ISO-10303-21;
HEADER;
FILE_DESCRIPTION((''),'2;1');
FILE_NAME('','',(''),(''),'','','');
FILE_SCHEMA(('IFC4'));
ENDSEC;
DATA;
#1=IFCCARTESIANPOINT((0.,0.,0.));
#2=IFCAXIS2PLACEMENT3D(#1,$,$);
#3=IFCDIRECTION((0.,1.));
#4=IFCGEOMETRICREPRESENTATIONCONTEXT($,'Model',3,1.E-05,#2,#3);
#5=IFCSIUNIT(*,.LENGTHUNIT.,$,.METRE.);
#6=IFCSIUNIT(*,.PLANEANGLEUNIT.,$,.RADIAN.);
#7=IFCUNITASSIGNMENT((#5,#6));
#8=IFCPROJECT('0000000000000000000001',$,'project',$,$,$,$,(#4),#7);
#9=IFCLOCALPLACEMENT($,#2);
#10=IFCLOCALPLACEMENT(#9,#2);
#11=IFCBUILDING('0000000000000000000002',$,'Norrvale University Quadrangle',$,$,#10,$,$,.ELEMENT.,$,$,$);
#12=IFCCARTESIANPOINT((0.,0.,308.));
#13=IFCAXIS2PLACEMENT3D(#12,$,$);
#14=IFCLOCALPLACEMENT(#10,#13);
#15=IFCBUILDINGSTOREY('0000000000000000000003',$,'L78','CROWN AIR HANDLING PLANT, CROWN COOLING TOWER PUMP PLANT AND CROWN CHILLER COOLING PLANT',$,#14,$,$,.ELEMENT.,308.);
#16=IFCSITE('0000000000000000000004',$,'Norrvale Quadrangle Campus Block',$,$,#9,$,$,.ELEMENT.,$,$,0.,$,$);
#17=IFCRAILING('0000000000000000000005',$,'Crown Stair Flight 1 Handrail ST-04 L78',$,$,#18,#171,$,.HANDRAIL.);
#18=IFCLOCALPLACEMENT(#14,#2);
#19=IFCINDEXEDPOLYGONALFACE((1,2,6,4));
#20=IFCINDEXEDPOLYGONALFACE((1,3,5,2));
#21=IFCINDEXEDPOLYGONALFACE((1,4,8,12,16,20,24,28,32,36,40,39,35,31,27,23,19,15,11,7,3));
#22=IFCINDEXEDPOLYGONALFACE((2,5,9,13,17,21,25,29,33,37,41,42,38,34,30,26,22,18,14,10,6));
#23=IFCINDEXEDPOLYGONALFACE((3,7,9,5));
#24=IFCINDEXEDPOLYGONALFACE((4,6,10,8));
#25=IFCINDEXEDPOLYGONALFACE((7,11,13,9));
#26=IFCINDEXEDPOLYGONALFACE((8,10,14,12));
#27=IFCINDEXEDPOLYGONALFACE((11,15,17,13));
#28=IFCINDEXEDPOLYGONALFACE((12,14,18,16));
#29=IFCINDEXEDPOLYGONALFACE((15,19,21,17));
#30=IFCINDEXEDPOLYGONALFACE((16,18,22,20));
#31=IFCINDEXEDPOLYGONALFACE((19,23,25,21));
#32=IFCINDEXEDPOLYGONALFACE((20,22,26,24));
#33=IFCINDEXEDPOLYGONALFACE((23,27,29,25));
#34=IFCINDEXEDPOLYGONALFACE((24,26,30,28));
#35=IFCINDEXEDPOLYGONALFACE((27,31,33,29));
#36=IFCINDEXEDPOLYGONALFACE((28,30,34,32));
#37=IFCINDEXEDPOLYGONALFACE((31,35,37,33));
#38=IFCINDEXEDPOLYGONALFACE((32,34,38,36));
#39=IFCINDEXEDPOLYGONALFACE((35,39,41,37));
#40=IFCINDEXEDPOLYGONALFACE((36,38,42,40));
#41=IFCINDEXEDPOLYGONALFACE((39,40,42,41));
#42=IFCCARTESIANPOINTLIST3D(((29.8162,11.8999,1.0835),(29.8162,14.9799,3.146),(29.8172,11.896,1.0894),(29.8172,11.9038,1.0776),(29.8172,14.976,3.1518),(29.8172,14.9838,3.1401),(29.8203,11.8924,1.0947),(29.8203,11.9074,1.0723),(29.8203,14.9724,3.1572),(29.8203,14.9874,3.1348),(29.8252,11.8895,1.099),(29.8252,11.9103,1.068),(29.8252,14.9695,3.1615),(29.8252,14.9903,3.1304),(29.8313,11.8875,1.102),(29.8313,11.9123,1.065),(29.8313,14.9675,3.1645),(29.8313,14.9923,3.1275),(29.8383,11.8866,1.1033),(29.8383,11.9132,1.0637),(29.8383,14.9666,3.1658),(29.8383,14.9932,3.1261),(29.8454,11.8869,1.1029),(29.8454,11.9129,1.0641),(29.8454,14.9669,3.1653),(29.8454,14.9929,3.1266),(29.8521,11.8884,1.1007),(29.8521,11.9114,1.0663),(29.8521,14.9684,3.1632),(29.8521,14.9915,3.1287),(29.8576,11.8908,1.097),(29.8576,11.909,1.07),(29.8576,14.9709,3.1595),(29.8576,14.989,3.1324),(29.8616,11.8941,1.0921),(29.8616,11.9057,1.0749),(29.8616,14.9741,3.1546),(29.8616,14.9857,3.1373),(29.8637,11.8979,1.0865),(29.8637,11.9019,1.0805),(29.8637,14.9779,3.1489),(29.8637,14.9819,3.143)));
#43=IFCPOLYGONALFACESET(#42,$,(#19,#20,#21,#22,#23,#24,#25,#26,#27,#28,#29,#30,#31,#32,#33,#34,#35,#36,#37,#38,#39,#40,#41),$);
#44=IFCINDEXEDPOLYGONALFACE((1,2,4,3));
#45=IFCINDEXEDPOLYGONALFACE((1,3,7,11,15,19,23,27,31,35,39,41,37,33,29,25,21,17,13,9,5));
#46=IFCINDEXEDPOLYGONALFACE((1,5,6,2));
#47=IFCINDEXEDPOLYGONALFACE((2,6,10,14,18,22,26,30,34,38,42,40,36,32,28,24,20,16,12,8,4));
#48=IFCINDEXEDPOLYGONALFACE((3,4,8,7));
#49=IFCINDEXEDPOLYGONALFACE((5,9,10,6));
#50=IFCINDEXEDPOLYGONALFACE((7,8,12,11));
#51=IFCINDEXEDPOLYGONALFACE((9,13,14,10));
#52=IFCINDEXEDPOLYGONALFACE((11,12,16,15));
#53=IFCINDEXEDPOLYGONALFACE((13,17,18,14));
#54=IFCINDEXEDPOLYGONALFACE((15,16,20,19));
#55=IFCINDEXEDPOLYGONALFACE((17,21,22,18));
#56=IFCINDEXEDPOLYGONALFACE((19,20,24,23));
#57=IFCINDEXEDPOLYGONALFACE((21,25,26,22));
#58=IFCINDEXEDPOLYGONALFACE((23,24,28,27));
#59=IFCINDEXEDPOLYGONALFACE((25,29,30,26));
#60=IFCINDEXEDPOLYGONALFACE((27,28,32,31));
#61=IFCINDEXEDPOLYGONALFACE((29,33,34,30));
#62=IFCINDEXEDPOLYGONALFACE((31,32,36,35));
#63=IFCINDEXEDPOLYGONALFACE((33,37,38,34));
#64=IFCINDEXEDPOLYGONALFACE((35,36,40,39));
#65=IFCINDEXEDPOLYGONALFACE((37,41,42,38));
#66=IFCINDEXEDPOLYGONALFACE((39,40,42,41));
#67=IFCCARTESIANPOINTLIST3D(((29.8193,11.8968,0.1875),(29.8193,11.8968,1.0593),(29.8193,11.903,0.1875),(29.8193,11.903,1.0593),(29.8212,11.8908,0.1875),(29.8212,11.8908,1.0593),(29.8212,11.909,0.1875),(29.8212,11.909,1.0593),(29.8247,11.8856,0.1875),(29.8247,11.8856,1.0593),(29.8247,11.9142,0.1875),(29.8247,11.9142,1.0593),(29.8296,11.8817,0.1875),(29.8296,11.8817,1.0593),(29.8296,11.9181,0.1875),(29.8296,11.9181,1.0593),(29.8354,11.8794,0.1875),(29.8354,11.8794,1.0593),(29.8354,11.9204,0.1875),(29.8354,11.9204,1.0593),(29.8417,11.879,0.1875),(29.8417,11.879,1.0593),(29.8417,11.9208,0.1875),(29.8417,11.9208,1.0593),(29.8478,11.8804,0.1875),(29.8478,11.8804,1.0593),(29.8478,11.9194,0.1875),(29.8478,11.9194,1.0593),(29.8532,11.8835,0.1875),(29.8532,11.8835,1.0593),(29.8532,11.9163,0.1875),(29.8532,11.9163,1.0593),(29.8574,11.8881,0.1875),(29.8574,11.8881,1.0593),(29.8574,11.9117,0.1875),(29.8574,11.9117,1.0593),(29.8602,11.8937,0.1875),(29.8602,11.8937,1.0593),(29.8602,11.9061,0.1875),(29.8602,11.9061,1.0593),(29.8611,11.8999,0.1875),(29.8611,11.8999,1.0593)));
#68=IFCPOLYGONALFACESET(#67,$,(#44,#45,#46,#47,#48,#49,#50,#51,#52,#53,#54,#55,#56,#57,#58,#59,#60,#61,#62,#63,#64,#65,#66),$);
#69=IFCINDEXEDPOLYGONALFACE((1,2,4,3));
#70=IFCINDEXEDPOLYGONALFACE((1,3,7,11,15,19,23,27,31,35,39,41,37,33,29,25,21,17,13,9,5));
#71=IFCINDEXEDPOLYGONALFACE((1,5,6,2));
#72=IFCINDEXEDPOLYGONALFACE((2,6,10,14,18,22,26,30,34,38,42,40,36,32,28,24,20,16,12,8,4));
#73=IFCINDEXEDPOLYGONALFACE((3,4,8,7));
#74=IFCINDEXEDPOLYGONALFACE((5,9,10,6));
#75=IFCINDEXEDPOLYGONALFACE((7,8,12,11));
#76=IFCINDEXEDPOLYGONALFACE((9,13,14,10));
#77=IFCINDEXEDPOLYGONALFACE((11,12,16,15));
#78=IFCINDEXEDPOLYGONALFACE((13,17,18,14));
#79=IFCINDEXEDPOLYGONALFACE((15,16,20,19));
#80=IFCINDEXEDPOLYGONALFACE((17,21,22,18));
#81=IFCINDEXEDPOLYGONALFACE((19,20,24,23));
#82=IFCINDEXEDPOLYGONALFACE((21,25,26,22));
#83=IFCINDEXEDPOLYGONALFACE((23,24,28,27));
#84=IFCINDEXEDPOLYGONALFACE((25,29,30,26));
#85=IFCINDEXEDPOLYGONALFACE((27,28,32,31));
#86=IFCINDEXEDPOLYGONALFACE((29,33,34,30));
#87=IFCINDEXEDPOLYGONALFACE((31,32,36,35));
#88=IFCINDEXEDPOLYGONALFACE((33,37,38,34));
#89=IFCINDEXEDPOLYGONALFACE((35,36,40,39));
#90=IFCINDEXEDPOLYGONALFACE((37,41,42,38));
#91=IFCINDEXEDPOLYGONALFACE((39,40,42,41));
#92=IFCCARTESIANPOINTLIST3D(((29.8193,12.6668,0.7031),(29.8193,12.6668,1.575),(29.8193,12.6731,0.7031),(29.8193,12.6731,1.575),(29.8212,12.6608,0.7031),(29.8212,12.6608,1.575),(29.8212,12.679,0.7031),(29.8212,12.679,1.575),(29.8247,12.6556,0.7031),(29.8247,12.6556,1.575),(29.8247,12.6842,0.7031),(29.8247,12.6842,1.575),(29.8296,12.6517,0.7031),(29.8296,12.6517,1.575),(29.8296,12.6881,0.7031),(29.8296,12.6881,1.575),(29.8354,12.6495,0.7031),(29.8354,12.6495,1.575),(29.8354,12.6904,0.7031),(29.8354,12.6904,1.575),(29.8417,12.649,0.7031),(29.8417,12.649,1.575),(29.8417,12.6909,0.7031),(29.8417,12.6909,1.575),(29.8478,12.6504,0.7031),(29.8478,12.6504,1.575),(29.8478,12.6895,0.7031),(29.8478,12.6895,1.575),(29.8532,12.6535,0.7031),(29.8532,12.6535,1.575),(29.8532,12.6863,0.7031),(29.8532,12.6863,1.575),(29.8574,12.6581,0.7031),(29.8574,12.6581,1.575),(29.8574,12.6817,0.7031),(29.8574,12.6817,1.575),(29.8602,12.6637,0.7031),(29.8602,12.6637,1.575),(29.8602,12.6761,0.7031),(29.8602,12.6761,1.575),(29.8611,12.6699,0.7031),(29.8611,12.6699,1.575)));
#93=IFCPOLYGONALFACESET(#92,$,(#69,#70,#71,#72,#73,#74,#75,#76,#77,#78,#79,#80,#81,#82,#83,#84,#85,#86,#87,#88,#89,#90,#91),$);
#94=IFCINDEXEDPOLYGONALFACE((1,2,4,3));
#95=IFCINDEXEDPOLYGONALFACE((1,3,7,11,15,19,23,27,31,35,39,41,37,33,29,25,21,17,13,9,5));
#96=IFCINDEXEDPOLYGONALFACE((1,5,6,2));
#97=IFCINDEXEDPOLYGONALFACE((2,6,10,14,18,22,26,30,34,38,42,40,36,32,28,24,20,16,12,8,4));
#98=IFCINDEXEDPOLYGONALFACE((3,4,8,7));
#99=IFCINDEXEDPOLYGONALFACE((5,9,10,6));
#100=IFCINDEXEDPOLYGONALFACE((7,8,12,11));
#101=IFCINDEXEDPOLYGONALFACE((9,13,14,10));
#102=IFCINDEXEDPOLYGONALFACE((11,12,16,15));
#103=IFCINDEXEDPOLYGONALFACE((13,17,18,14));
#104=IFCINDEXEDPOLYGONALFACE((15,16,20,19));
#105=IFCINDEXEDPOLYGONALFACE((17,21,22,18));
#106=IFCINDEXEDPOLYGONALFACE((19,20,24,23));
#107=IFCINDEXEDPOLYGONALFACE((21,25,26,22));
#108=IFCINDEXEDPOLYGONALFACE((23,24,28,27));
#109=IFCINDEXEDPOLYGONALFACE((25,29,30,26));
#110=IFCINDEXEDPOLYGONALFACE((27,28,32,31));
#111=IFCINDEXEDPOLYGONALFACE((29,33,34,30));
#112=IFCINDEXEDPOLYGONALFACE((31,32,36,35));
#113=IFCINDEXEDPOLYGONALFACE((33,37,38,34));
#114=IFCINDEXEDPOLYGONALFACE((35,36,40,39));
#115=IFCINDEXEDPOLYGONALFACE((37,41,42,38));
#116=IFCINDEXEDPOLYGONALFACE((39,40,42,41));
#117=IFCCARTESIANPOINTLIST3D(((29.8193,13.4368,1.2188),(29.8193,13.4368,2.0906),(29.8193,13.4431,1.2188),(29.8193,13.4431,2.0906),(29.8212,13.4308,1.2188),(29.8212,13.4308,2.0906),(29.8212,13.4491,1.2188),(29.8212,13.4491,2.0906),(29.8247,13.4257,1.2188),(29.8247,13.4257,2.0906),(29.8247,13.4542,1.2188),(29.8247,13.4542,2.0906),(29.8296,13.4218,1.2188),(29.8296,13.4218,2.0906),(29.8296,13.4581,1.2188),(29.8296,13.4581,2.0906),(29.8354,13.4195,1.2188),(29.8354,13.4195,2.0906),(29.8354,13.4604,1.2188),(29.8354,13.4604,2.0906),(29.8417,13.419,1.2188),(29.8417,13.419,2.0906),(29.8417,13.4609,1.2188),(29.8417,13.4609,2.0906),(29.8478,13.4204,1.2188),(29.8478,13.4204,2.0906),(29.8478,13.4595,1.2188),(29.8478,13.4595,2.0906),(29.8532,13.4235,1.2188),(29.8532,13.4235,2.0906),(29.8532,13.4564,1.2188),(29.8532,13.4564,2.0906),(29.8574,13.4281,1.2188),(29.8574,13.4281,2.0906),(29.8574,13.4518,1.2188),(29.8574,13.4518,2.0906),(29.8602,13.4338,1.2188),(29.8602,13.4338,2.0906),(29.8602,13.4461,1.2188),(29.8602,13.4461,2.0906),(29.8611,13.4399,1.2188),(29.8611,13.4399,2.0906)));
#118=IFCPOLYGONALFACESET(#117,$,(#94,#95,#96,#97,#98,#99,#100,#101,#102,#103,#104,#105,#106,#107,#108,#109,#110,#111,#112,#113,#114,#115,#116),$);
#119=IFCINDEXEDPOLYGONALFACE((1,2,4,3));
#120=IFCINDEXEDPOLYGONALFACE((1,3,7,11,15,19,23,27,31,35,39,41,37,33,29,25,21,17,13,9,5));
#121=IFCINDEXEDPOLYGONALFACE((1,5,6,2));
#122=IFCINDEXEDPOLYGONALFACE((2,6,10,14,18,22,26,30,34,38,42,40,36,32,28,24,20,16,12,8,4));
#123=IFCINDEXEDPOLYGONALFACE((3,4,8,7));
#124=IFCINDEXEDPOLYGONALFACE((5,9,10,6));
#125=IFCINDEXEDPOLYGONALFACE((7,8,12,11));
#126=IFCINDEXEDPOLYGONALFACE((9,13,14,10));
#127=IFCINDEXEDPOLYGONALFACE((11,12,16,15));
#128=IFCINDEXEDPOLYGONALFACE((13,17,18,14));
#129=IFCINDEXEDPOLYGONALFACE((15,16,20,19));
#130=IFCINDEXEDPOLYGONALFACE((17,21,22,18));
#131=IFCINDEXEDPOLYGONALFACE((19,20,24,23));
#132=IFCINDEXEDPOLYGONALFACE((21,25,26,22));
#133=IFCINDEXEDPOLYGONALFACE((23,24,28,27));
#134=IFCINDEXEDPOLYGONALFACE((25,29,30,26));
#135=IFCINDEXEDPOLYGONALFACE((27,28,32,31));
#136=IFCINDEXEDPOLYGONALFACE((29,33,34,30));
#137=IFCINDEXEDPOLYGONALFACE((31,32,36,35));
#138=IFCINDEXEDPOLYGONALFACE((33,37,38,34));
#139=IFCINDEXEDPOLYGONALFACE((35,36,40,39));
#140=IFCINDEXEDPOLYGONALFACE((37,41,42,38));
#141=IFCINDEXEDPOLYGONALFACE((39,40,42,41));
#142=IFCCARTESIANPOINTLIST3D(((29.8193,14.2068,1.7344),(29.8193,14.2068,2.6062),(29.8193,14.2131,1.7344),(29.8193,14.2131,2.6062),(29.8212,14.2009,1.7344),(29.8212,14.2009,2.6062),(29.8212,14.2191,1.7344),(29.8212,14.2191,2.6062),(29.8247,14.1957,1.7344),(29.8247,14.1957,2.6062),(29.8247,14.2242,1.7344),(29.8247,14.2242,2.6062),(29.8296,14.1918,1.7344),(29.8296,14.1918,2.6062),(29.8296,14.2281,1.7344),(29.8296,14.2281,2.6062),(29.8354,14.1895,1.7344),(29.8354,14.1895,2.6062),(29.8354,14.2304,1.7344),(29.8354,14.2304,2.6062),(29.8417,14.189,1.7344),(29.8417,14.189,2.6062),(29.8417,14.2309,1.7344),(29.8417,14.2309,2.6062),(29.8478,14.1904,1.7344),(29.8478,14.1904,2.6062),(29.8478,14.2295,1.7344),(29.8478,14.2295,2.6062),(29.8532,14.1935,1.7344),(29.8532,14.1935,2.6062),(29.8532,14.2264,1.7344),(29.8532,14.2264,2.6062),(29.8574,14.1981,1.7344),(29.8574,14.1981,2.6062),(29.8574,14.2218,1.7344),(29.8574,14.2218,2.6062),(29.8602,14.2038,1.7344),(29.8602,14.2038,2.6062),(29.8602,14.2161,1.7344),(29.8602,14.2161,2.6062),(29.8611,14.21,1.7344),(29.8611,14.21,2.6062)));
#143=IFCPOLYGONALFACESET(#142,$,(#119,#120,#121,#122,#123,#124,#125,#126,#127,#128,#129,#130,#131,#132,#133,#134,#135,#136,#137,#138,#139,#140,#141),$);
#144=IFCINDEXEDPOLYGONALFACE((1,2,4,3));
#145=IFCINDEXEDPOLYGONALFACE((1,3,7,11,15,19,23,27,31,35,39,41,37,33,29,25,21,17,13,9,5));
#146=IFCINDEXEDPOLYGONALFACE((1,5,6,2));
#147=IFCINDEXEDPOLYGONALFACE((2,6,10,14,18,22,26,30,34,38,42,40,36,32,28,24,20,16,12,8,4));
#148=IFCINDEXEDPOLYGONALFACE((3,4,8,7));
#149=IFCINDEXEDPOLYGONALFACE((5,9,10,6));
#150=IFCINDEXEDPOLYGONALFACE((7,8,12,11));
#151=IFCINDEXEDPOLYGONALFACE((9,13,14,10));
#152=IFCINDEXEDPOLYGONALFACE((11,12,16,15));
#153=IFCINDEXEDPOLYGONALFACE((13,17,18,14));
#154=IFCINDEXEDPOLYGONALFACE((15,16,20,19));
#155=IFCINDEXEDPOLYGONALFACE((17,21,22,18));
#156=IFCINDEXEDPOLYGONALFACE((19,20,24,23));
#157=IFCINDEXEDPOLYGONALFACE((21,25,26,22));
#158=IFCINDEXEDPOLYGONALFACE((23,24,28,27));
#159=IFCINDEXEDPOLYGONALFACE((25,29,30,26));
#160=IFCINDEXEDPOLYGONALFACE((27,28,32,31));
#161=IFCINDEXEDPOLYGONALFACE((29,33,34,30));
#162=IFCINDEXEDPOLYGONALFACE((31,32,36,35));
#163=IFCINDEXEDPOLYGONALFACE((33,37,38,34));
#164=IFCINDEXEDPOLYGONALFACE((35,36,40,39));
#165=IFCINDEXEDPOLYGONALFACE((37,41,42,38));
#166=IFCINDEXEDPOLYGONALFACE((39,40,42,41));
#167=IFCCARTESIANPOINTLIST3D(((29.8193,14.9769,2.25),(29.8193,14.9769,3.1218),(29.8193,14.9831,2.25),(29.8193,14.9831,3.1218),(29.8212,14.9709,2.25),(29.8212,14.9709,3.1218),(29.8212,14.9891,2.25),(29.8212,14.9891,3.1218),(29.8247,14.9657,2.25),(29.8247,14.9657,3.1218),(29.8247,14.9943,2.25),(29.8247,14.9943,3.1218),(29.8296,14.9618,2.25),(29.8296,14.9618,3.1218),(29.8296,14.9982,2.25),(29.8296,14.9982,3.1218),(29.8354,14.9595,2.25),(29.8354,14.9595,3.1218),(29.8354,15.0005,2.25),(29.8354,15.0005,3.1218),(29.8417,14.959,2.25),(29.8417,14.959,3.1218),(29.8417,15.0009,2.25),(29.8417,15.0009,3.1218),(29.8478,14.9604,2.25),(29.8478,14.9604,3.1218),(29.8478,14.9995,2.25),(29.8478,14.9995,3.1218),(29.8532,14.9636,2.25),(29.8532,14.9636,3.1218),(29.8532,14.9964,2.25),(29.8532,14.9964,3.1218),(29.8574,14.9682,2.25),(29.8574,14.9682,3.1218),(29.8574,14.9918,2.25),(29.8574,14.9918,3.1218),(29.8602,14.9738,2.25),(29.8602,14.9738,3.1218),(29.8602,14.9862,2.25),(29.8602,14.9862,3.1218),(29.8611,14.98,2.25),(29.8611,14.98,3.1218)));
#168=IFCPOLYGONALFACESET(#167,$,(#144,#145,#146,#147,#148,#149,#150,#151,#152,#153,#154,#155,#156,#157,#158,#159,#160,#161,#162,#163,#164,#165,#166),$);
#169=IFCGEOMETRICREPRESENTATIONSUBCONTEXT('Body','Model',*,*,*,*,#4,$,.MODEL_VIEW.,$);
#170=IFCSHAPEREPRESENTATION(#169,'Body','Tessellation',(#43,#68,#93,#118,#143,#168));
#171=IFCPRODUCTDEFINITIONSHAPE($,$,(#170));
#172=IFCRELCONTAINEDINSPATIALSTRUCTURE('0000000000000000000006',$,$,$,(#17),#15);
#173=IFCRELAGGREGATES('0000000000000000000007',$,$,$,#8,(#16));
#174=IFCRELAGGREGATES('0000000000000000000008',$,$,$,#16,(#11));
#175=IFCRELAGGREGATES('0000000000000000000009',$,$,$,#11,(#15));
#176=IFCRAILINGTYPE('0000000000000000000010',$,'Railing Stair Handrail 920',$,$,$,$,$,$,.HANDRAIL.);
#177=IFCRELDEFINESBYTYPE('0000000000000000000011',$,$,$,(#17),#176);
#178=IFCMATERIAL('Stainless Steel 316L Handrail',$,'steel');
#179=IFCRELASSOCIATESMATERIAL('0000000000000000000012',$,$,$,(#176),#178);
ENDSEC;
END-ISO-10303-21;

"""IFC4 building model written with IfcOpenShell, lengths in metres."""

from ifc_helpers import new_model, si_unit, direction, frame, origin, origin_2d, place, context, subcontext, project, spatial, circle, extrude, material, type_object, element, save


model = new_model("IFC4")

# Units and contexts
model_context = context("Model", 3, precision=1e-05, world=origin(), true_north=direction((0.0, 1.0)))
body_context = subcontext(model_context, "Body", "Model", "MODEL_VIEW")
ifc_project = project(units=[si_unit("LENGTHUNIT", "METRE"), si_unit("PLANEANGLEUNIT", "RADIAN")], contexts=[model_context])

# Site, building, storey
site_placement = place(None, origin())
site = spatial("IfcSite", under=ifc_project, at=site_placement, Name="Norrvale Quadrangle Campus Block", CompositionType="ELEMENT", RefElevation=0.0)
building_placement = place(site_placement, origin())
building = spatial("IfcBuilding", under=site, at=building_placement, Name="Norrvale University Quadrangle", CompositionType="ELEMENT")
storey_placement = place(building_placement, frame((0.0, 0.0, 308.0)))
storey = spatial("IfcBuildingStorey", under=building, at=storey_placement, Name="L78", Description="CROWN AIR HANDLING PLANT, CROWN COOLING TOWER PUMP PLANT AND CROWN CHILLER COOLING PLANT", CompositionType="ELEMENT", Elevation=308.0)

# Railing
ifc_material_1 = material(Name="Stainless Steel 316L Handrail", Category="steel")
railing_type_1 = type_object("IfcRailingType", Name="Railing Stair Handrail 920", PredefinedType="HANDRAIL", material=ifc_material_1)
for number, where, name in (
    (1, (29.8401, 11.8999, 0.1875), "Crown Stair Flight 1 Handrail ST-04 L78"),
):
    element("IfcRailing", number, at=place(storey_placement, frame(where)), inside=storey, type_object=railing_type_1, Name=name, PredefinedType="HANDRAIL", context=body_context, shape_type="SweptSolid", body=[
        extrude(circle(Radius=0.0239, at=origin_2d()), frame((0.0, 0.0, 0.896), z_axis=(0.0, 0.830914, 0.556401), x_axis=(-1.0, 0.0, 0.0)), (0.0, 0.0, 1.0), 3.7068),
        extrude(circle(Radius=0.021, at=origin_2d()), origin(), (0.0, 0.0, 1.0), 0.8718),
        extrude(circle(Radius=0.021, at=origin_2d()), frame((0.0, 0.77, 0.5156)), (0.0, 0.0, 1.0), 0.8718),
        extrude(circle(Radius=0.021, at=origin_2d()), frame((0.0, 1.54, 1.0312)), (0.0, 0.0, 1.0), 0.8718),
        extrude(circle(Radius=0.021, at=origin_2d()), frame((0.0, 2.3101, 1.5469)), (0.0, 0.0, 1.0), 0.8718),
        extrude(circle(Radius=0.021, at=origin_2d()), frame((0.0, 3.0801, 2.0625)), (0.0, 0.0, 1.0), 0.8718),
    ])

save(model, "model.ifc")
